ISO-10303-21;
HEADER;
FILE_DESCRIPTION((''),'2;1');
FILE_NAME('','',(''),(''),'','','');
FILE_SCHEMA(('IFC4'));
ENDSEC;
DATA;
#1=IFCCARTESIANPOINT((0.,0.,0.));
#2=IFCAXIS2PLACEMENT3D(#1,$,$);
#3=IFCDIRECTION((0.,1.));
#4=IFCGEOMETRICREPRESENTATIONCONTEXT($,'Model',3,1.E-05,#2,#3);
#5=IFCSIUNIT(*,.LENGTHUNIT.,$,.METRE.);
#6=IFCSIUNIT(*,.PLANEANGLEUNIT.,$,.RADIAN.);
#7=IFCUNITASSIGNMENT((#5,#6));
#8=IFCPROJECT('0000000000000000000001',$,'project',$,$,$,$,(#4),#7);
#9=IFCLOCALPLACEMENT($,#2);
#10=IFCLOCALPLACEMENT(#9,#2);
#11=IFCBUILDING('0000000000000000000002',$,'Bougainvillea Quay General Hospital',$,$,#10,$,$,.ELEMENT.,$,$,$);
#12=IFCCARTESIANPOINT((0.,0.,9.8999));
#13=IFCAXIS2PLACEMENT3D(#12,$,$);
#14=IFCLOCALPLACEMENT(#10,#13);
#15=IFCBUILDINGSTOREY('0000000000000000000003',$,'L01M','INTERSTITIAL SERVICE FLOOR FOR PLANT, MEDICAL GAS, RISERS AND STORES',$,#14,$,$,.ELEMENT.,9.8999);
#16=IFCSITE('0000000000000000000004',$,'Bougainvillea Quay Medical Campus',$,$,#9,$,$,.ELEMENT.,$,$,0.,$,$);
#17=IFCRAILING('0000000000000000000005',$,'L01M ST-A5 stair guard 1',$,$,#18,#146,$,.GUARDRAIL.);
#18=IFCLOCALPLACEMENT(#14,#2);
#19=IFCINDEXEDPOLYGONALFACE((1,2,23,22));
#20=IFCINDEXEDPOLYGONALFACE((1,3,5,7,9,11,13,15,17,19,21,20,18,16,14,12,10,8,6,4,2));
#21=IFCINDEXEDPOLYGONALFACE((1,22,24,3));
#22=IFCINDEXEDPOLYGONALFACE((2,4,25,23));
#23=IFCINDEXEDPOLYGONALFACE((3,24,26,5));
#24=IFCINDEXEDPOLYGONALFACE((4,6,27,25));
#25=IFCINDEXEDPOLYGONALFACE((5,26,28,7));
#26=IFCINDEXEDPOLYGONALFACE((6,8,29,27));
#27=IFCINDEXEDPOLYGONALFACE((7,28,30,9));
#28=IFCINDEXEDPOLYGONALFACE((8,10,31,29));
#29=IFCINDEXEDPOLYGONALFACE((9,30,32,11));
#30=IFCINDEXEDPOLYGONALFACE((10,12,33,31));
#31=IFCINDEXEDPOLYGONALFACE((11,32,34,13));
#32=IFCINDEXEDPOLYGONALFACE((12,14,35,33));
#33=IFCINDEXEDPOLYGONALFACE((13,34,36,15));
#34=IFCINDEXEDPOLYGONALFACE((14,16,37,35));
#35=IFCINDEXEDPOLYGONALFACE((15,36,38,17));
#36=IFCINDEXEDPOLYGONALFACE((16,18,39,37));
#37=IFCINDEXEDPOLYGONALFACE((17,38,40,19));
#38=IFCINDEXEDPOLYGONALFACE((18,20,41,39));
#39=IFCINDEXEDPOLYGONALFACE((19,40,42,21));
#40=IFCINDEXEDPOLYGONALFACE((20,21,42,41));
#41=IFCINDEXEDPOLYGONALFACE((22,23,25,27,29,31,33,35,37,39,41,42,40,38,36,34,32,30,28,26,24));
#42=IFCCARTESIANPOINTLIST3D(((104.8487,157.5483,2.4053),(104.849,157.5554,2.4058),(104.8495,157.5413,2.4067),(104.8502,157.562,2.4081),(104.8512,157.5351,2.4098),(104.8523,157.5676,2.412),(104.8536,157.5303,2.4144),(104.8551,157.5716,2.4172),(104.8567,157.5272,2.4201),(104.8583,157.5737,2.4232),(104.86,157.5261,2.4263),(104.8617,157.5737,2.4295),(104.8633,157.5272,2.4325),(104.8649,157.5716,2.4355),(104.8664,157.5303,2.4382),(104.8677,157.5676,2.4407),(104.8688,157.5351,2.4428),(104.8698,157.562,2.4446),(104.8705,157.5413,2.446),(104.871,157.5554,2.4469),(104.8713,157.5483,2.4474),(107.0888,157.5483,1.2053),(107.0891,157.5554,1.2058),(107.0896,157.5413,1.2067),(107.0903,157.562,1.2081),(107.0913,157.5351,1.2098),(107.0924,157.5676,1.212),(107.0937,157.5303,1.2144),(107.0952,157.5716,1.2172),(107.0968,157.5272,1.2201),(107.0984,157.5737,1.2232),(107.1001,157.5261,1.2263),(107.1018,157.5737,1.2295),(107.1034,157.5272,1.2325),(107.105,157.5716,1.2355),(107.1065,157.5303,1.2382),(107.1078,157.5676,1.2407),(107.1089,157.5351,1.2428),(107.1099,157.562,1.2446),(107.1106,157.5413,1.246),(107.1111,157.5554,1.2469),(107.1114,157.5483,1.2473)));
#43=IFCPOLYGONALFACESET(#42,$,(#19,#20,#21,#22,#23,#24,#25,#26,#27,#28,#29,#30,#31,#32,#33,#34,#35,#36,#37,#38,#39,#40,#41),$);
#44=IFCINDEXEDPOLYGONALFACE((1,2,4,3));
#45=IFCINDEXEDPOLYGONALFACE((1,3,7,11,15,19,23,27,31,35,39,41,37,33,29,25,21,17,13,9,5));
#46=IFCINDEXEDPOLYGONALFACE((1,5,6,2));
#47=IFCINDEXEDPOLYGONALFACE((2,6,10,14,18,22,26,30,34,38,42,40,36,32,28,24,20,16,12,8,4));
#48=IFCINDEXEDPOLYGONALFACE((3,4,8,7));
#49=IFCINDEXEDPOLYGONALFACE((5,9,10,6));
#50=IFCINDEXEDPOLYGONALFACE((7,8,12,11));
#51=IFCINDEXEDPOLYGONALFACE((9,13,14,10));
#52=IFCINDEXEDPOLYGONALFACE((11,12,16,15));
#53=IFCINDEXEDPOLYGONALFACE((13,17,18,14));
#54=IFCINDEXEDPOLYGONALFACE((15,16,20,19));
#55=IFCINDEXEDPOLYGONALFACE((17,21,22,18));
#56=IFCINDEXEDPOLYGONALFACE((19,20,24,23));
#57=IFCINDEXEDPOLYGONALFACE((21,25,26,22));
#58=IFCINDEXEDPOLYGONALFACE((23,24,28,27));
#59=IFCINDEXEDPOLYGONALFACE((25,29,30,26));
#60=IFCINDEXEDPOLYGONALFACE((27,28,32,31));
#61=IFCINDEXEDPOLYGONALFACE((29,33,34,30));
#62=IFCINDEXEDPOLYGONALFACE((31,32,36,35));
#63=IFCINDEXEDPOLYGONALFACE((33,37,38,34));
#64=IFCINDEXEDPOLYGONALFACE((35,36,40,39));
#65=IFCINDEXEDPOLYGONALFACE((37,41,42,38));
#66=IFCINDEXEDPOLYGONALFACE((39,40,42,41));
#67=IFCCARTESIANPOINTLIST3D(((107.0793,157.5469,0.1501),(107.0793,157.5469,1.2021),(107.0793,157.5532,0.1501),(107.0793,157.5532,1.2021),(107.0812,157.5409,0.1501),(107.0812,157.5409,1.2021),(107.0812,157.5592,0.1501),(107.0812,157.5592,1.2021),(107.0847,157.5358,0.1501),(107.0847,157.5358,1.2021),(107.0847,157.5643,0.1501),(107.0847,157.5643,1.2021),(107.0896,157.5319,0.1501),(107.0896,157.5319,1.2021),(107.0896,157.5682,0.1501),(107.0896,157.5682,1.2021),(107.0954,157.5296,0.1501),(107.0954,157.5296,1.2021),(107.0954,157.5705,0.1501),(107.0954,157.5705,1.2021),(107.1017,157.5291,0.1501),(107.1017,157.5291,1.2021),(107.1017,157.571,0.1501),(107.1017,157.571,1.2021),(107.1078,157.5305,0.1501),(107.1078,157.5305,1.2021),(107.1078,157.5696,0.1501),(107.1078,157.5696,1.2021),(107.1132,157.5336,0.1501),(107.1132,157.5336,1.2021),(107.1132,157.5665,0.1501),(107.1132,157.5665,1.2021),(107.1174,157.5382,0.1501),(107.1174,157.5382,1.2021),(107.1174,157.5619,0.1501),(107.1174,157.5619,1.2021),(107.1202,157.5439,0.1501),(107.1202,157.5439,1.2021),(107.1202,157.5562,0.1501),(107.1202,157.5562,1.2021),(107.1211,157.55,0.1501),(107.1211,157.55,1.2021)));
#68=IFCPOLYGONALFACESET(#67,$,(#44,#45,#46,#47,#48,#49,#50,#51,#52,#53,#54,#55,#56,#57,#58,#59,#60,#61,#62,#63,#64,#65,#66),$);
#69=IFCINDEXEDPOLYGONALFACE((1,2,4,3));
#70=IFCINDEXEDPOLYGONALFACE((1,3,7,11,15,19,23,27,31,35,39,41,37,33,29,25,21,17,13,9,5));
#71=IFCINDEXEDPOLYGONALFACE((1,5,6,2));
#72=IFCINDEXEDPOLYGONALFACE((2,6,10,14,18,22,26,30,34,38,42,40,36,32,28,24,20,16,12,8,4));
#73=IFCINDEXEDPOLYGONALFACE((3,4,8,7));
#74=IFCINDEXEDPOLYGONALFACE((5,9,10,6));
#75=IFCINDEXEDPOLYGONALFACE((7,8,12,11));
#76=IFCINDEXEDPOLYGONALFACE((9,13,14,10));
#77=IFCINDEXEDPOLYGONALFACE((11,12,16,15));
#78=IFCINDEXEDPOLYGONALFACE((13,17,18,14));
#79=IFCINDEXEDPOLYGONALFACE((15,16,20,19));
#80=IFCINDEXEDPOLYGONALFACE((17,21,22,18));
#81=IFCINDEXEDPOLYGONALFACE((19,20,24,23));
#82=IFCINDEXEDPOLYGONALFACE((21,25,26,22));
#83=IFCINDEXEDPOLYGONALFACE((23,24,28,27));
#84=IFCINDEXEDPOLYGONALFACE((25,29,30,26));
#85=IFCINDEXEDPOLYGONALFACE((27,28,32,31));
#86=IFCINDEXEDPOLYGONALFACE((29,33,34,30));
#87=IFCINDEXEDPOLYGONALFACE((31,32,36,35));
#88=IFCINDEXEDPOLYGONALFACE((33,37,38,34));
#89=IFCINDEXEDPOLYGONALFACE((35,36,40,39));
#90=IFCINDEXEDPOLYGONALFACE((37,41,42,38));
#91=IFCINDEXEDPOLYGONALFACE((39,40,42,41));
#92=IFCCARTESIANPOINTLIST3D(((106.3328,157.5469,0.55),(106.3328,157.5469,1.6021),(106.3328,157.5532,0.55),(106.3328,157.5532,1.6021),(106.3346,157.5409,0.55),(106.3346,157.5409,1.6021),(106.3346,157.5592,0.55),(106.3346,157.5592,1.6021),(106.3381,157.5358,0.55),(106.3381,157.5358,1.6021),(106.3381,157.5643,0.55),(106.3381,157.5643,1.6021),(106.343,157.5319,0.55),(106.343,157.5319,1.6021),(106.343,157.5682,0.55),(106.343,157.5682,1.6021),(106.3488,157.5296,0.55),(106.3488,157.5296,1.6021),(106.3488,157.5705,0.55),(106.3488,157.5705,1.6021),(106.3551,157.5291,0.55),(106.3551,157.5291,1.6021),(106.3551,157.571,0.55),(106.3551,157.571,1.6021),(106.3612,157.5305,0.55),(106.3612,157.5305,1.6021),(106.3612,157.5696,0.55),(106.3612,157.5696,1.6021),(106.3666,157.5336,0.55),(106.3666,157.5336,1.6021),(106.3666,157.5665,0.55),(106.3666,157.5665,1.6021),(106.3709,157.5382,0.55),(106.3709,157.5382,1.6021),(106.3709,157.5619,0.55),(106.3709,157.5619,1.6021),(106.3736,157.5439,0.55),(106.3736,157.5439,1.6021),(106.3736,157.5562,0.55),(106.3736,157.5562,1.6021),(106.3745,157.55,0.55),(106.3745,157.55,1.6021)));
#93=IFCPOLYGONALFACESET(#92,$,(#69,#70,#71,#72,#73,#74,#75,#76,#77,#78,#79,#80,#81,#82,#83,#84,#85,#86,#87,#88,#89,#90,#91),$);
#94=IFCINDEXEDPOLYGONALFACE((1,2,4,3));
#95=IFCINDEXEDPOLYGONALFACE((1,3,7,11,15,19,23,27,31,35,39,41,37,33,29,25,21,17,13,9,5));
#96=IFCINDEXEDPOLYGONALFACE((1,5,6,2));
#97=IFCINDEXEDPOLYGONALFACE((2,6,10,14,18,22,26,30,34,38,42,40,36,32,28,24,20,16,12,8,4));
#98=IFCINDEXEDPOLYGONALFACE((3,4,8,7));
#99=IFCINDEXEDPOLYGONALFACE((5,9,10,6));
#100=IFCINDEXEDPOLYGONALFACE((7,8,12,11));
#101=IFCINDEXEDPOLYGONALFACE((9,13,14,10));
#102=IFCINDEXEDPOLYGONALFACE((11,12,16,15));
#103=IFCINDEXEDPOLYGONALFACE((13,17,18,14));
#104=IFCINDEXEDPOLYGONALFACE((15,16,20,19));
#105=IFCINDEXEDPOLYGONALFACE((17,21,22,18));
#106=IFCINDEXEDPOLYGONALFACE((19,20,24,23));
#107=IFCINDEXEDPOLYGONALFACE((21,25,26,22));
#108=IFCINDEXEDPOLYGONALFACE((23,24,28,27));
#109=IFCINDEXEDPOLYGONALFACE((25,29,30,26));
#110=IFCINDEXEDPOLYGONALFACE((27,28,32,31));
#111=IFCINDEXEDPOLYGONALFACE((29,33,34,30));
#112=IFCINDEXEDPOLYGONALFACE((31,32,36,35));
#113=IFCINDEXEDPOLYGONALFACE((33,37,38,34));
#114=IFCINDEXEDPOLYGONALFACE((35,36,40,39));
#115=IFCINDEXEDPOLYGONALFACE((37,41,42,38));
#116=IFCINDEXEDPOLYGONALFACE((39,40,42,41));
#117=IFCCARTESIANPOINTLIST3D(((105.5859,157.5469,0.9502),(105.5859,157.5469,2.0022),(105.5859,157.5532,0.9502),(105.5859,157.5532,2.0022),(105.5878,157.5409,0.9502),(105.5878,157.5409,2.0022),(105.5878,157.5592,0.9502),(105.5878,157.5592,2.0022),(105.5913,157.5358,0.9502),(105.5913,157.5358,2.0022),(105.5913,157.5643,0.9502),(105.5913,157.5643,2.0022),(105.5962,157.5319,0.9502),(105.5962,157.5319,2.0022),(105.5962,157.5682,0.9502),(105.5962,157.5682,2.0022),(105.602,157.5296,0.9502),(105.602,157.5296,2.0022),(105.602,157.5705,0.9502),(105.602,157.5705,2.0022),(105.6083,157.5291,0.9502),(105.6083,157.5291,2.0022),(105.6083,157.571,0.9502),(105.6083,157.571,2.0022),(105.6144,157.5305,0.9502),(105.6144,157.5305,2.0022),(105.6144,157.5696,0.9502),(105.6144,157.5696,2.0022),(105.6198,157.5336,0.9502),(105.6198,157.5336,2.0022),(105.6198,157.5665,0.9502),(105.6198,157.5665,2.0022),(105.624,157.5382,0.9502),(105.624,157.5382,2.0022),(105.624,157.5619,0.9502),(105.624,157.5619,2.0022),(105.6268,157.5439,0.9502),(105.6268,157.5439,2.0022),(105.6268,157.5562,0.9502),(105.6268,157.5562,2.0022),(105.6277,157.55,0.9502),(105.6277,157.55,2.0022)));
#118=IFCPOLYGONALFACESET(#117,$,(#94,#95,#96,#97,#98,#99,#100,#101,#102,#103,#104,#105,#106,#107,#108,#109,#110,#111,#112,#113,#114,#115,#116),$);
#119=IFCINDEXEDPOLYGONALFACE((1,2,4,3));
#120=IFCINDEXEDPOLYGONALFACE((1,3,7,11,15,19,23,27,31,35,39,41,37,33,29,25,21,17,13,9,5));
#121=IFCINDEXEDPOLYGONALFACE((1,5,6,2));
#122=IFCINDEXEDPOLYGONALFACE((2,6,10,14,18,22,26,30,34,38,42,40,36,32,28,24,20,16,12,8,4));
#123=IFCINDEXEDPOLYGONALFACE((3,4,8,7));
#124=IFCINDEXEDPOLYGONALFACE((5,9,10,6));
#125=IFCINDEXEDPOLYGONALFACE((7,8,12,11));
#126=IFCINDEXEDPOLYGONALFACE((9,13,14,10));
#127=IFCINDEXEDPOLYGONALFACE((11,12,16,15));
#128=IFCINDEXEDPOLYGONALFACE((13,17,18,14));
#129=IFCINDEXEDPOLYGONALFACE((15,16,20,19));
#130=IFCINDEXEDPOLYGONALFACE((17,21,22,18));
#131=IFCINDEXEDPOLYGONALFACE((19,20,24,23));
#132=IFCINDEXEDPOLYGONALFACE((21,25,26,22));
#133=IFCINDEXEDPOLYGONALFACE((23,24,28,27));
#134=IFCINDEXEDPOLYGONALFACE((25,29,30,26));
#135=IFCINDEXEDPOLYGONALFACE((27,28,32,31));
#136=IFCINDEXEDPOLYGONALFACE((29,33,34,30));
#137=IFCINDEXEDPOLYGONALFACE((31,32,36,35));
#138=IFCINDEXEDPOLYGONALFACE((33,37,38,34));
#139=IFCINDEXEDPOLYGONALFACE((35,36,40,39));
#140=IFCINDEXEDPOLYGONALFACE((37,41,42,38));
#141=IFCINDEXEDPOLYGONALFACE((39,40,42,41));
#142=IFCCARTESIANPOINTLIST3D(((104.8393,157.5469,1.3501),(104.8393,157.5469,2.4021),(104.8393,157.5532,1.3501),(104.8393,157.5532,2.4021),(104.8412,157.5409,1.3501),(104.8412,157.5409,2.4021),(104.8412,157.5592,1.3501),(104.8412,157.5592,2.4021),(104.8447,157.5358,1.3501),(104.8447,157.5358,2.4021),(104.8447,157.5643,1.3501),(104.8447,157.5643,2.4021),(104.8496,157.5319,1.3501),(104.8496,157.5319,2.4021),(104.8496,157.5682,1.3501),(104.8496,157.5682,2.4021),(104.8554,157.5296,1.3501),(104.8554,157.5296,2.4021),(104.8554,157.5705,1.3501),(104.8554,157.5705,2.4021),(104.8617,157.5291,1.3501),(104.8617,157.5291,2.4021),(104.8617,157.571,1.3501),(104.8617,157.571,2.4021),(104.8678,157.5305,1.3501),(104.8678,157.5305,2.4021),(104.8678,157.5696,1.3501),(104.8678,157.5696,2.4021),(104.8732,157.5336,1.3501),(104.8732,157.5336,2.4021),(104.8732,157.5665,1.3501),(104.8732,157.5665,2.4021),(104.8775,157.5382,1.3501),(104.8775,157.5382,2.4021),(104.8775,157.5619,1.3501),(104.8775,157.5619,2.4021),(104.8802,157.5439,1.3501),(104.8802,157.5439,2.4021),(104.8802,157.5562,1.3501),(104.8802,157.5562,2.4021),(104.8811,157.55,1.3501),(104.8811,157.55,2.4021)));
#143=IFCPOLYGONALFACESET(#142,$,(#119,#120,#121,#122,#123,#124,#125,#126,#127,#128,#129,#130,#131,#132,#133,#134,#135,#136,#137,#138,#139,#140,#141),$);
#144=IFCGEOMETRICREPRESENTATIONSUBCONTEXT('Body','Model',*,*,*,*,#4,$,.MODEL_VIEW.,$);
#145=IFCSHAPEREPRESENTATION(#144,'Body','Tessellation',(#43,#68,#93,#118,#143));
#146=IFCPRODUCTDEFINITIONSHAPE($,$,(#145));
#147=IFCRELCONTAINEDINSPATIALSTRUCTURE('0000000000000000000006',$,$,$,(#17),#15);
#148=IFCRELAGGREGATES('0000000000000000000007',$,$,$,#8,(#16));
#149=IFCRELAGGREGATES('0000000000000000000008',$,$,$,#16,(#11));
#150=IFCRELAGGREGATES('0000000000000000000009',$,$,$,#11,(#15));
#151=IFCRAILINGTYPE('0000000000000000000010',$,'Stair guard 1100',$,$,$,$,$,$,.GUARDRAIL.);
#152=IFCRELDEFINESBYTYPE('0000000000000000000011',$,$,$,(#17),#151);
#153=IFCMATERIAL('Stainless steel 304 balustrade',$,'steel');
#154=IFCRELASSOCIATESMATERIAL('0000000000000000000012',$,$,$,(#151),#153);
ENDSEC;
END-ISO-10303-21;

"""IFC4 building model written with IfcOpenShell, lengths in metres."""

from ifc_helpers import new_model, si_unit, direction, frame, origin, origin_2d, place, context, subcontext, project, spatial, circle, extrude, material, type_object, element, save


model = new_model("IFC4")

# Units and contexts
model_context = context("Model", 3, precision=1e-05, world=origin(), true_north=direction((0.0, 1.0)))
body_context = subcontext(model_context, "Body", "Model", "MODEL_VIEW")
ifc_project = project(units=[si_unit("LENGTHUNIT", "METRE"), si_unit("PLANEANGLEUNIT", "RADIAN")], contexts=[model_context])

# Site, building, storey
site_placement = place(None, origin())
site = spatial("IfcSite", under=ifc_project, at=site_placement, Name="Bougainvillea Quay Medical Campus", CompositionType="ELEMENT", RefElevation=0.0)
building_placement = place(site_placement, origin())
building = spatial("IfcBuilding", under=site, at=building_placement, Name="Bougainvillea Quay General Hospital", CompositionType="ELEMENT")
storey_placement = place(building_placement, frame((0.0, 0.0, 9.8999)))
storey = spatial("IfcBuildingStorey", under=building, at=storey_placement, Name="L01M", Description="INTERSTITIAL SERVICE FLOOR FOR PLANT, MEDICAL GAS, RISERS AND STORES", CompositionType="ELEMENT", Elevation=9.8999)

# Railing
ifc_material_1 = material(Name="Stainless steel 304 balustrade", Category="steel")
railing_type_1 = type_object("IfcRailingType", Name="Stair guard 1100", PredefinedType="GUARDRAIL", material=ifc_material_1)
railing_1_placement = place(storey_placement, frame((107.1001, 157.55, 0.1501)))
element("IfcRailing", 1, at=railing_1_placement, inside=storey, type_object=railing_type_1, Name="L01M ST-A5 stair guard 1", PredefinedType="GUARDRAIL", context=body_context, shape_type="SweptSolid", body=[
    extrude(circle(Radius=0.0239, at=origin_2d()), frame((0.0, 0.0, 1.0762), z_axis=(-0.881487, 0.0, 0.472208), x_axis=(0.0, -1.0, 0.0)), (0.0, 0.0, 1.0), 2.5413),
    extrude(circle(Radius=0.021, at=origin_2d()), origin(), (0.0, 0.0, 1.0), 1.052),
    extrude(circle(Radius=0.021, at=origin_2d()), frame((-0.7466, 0.0, 0.3999)), (0.0, 0.0, 1.0), 1.052),
    extrude(circle(Radius=0.021, at=origin_2d()), frame((-1.4934, 0.0, 0.8)), (0.0, 0.0, 1.0), 1.052),
    extrude(circle(Radius=0.021, at=origin_2d()), frame((-2.24, 0.0, 1.2)), (0.0, 0.0, 1.0), 1.052),
])

save(model, "model.ifc")
